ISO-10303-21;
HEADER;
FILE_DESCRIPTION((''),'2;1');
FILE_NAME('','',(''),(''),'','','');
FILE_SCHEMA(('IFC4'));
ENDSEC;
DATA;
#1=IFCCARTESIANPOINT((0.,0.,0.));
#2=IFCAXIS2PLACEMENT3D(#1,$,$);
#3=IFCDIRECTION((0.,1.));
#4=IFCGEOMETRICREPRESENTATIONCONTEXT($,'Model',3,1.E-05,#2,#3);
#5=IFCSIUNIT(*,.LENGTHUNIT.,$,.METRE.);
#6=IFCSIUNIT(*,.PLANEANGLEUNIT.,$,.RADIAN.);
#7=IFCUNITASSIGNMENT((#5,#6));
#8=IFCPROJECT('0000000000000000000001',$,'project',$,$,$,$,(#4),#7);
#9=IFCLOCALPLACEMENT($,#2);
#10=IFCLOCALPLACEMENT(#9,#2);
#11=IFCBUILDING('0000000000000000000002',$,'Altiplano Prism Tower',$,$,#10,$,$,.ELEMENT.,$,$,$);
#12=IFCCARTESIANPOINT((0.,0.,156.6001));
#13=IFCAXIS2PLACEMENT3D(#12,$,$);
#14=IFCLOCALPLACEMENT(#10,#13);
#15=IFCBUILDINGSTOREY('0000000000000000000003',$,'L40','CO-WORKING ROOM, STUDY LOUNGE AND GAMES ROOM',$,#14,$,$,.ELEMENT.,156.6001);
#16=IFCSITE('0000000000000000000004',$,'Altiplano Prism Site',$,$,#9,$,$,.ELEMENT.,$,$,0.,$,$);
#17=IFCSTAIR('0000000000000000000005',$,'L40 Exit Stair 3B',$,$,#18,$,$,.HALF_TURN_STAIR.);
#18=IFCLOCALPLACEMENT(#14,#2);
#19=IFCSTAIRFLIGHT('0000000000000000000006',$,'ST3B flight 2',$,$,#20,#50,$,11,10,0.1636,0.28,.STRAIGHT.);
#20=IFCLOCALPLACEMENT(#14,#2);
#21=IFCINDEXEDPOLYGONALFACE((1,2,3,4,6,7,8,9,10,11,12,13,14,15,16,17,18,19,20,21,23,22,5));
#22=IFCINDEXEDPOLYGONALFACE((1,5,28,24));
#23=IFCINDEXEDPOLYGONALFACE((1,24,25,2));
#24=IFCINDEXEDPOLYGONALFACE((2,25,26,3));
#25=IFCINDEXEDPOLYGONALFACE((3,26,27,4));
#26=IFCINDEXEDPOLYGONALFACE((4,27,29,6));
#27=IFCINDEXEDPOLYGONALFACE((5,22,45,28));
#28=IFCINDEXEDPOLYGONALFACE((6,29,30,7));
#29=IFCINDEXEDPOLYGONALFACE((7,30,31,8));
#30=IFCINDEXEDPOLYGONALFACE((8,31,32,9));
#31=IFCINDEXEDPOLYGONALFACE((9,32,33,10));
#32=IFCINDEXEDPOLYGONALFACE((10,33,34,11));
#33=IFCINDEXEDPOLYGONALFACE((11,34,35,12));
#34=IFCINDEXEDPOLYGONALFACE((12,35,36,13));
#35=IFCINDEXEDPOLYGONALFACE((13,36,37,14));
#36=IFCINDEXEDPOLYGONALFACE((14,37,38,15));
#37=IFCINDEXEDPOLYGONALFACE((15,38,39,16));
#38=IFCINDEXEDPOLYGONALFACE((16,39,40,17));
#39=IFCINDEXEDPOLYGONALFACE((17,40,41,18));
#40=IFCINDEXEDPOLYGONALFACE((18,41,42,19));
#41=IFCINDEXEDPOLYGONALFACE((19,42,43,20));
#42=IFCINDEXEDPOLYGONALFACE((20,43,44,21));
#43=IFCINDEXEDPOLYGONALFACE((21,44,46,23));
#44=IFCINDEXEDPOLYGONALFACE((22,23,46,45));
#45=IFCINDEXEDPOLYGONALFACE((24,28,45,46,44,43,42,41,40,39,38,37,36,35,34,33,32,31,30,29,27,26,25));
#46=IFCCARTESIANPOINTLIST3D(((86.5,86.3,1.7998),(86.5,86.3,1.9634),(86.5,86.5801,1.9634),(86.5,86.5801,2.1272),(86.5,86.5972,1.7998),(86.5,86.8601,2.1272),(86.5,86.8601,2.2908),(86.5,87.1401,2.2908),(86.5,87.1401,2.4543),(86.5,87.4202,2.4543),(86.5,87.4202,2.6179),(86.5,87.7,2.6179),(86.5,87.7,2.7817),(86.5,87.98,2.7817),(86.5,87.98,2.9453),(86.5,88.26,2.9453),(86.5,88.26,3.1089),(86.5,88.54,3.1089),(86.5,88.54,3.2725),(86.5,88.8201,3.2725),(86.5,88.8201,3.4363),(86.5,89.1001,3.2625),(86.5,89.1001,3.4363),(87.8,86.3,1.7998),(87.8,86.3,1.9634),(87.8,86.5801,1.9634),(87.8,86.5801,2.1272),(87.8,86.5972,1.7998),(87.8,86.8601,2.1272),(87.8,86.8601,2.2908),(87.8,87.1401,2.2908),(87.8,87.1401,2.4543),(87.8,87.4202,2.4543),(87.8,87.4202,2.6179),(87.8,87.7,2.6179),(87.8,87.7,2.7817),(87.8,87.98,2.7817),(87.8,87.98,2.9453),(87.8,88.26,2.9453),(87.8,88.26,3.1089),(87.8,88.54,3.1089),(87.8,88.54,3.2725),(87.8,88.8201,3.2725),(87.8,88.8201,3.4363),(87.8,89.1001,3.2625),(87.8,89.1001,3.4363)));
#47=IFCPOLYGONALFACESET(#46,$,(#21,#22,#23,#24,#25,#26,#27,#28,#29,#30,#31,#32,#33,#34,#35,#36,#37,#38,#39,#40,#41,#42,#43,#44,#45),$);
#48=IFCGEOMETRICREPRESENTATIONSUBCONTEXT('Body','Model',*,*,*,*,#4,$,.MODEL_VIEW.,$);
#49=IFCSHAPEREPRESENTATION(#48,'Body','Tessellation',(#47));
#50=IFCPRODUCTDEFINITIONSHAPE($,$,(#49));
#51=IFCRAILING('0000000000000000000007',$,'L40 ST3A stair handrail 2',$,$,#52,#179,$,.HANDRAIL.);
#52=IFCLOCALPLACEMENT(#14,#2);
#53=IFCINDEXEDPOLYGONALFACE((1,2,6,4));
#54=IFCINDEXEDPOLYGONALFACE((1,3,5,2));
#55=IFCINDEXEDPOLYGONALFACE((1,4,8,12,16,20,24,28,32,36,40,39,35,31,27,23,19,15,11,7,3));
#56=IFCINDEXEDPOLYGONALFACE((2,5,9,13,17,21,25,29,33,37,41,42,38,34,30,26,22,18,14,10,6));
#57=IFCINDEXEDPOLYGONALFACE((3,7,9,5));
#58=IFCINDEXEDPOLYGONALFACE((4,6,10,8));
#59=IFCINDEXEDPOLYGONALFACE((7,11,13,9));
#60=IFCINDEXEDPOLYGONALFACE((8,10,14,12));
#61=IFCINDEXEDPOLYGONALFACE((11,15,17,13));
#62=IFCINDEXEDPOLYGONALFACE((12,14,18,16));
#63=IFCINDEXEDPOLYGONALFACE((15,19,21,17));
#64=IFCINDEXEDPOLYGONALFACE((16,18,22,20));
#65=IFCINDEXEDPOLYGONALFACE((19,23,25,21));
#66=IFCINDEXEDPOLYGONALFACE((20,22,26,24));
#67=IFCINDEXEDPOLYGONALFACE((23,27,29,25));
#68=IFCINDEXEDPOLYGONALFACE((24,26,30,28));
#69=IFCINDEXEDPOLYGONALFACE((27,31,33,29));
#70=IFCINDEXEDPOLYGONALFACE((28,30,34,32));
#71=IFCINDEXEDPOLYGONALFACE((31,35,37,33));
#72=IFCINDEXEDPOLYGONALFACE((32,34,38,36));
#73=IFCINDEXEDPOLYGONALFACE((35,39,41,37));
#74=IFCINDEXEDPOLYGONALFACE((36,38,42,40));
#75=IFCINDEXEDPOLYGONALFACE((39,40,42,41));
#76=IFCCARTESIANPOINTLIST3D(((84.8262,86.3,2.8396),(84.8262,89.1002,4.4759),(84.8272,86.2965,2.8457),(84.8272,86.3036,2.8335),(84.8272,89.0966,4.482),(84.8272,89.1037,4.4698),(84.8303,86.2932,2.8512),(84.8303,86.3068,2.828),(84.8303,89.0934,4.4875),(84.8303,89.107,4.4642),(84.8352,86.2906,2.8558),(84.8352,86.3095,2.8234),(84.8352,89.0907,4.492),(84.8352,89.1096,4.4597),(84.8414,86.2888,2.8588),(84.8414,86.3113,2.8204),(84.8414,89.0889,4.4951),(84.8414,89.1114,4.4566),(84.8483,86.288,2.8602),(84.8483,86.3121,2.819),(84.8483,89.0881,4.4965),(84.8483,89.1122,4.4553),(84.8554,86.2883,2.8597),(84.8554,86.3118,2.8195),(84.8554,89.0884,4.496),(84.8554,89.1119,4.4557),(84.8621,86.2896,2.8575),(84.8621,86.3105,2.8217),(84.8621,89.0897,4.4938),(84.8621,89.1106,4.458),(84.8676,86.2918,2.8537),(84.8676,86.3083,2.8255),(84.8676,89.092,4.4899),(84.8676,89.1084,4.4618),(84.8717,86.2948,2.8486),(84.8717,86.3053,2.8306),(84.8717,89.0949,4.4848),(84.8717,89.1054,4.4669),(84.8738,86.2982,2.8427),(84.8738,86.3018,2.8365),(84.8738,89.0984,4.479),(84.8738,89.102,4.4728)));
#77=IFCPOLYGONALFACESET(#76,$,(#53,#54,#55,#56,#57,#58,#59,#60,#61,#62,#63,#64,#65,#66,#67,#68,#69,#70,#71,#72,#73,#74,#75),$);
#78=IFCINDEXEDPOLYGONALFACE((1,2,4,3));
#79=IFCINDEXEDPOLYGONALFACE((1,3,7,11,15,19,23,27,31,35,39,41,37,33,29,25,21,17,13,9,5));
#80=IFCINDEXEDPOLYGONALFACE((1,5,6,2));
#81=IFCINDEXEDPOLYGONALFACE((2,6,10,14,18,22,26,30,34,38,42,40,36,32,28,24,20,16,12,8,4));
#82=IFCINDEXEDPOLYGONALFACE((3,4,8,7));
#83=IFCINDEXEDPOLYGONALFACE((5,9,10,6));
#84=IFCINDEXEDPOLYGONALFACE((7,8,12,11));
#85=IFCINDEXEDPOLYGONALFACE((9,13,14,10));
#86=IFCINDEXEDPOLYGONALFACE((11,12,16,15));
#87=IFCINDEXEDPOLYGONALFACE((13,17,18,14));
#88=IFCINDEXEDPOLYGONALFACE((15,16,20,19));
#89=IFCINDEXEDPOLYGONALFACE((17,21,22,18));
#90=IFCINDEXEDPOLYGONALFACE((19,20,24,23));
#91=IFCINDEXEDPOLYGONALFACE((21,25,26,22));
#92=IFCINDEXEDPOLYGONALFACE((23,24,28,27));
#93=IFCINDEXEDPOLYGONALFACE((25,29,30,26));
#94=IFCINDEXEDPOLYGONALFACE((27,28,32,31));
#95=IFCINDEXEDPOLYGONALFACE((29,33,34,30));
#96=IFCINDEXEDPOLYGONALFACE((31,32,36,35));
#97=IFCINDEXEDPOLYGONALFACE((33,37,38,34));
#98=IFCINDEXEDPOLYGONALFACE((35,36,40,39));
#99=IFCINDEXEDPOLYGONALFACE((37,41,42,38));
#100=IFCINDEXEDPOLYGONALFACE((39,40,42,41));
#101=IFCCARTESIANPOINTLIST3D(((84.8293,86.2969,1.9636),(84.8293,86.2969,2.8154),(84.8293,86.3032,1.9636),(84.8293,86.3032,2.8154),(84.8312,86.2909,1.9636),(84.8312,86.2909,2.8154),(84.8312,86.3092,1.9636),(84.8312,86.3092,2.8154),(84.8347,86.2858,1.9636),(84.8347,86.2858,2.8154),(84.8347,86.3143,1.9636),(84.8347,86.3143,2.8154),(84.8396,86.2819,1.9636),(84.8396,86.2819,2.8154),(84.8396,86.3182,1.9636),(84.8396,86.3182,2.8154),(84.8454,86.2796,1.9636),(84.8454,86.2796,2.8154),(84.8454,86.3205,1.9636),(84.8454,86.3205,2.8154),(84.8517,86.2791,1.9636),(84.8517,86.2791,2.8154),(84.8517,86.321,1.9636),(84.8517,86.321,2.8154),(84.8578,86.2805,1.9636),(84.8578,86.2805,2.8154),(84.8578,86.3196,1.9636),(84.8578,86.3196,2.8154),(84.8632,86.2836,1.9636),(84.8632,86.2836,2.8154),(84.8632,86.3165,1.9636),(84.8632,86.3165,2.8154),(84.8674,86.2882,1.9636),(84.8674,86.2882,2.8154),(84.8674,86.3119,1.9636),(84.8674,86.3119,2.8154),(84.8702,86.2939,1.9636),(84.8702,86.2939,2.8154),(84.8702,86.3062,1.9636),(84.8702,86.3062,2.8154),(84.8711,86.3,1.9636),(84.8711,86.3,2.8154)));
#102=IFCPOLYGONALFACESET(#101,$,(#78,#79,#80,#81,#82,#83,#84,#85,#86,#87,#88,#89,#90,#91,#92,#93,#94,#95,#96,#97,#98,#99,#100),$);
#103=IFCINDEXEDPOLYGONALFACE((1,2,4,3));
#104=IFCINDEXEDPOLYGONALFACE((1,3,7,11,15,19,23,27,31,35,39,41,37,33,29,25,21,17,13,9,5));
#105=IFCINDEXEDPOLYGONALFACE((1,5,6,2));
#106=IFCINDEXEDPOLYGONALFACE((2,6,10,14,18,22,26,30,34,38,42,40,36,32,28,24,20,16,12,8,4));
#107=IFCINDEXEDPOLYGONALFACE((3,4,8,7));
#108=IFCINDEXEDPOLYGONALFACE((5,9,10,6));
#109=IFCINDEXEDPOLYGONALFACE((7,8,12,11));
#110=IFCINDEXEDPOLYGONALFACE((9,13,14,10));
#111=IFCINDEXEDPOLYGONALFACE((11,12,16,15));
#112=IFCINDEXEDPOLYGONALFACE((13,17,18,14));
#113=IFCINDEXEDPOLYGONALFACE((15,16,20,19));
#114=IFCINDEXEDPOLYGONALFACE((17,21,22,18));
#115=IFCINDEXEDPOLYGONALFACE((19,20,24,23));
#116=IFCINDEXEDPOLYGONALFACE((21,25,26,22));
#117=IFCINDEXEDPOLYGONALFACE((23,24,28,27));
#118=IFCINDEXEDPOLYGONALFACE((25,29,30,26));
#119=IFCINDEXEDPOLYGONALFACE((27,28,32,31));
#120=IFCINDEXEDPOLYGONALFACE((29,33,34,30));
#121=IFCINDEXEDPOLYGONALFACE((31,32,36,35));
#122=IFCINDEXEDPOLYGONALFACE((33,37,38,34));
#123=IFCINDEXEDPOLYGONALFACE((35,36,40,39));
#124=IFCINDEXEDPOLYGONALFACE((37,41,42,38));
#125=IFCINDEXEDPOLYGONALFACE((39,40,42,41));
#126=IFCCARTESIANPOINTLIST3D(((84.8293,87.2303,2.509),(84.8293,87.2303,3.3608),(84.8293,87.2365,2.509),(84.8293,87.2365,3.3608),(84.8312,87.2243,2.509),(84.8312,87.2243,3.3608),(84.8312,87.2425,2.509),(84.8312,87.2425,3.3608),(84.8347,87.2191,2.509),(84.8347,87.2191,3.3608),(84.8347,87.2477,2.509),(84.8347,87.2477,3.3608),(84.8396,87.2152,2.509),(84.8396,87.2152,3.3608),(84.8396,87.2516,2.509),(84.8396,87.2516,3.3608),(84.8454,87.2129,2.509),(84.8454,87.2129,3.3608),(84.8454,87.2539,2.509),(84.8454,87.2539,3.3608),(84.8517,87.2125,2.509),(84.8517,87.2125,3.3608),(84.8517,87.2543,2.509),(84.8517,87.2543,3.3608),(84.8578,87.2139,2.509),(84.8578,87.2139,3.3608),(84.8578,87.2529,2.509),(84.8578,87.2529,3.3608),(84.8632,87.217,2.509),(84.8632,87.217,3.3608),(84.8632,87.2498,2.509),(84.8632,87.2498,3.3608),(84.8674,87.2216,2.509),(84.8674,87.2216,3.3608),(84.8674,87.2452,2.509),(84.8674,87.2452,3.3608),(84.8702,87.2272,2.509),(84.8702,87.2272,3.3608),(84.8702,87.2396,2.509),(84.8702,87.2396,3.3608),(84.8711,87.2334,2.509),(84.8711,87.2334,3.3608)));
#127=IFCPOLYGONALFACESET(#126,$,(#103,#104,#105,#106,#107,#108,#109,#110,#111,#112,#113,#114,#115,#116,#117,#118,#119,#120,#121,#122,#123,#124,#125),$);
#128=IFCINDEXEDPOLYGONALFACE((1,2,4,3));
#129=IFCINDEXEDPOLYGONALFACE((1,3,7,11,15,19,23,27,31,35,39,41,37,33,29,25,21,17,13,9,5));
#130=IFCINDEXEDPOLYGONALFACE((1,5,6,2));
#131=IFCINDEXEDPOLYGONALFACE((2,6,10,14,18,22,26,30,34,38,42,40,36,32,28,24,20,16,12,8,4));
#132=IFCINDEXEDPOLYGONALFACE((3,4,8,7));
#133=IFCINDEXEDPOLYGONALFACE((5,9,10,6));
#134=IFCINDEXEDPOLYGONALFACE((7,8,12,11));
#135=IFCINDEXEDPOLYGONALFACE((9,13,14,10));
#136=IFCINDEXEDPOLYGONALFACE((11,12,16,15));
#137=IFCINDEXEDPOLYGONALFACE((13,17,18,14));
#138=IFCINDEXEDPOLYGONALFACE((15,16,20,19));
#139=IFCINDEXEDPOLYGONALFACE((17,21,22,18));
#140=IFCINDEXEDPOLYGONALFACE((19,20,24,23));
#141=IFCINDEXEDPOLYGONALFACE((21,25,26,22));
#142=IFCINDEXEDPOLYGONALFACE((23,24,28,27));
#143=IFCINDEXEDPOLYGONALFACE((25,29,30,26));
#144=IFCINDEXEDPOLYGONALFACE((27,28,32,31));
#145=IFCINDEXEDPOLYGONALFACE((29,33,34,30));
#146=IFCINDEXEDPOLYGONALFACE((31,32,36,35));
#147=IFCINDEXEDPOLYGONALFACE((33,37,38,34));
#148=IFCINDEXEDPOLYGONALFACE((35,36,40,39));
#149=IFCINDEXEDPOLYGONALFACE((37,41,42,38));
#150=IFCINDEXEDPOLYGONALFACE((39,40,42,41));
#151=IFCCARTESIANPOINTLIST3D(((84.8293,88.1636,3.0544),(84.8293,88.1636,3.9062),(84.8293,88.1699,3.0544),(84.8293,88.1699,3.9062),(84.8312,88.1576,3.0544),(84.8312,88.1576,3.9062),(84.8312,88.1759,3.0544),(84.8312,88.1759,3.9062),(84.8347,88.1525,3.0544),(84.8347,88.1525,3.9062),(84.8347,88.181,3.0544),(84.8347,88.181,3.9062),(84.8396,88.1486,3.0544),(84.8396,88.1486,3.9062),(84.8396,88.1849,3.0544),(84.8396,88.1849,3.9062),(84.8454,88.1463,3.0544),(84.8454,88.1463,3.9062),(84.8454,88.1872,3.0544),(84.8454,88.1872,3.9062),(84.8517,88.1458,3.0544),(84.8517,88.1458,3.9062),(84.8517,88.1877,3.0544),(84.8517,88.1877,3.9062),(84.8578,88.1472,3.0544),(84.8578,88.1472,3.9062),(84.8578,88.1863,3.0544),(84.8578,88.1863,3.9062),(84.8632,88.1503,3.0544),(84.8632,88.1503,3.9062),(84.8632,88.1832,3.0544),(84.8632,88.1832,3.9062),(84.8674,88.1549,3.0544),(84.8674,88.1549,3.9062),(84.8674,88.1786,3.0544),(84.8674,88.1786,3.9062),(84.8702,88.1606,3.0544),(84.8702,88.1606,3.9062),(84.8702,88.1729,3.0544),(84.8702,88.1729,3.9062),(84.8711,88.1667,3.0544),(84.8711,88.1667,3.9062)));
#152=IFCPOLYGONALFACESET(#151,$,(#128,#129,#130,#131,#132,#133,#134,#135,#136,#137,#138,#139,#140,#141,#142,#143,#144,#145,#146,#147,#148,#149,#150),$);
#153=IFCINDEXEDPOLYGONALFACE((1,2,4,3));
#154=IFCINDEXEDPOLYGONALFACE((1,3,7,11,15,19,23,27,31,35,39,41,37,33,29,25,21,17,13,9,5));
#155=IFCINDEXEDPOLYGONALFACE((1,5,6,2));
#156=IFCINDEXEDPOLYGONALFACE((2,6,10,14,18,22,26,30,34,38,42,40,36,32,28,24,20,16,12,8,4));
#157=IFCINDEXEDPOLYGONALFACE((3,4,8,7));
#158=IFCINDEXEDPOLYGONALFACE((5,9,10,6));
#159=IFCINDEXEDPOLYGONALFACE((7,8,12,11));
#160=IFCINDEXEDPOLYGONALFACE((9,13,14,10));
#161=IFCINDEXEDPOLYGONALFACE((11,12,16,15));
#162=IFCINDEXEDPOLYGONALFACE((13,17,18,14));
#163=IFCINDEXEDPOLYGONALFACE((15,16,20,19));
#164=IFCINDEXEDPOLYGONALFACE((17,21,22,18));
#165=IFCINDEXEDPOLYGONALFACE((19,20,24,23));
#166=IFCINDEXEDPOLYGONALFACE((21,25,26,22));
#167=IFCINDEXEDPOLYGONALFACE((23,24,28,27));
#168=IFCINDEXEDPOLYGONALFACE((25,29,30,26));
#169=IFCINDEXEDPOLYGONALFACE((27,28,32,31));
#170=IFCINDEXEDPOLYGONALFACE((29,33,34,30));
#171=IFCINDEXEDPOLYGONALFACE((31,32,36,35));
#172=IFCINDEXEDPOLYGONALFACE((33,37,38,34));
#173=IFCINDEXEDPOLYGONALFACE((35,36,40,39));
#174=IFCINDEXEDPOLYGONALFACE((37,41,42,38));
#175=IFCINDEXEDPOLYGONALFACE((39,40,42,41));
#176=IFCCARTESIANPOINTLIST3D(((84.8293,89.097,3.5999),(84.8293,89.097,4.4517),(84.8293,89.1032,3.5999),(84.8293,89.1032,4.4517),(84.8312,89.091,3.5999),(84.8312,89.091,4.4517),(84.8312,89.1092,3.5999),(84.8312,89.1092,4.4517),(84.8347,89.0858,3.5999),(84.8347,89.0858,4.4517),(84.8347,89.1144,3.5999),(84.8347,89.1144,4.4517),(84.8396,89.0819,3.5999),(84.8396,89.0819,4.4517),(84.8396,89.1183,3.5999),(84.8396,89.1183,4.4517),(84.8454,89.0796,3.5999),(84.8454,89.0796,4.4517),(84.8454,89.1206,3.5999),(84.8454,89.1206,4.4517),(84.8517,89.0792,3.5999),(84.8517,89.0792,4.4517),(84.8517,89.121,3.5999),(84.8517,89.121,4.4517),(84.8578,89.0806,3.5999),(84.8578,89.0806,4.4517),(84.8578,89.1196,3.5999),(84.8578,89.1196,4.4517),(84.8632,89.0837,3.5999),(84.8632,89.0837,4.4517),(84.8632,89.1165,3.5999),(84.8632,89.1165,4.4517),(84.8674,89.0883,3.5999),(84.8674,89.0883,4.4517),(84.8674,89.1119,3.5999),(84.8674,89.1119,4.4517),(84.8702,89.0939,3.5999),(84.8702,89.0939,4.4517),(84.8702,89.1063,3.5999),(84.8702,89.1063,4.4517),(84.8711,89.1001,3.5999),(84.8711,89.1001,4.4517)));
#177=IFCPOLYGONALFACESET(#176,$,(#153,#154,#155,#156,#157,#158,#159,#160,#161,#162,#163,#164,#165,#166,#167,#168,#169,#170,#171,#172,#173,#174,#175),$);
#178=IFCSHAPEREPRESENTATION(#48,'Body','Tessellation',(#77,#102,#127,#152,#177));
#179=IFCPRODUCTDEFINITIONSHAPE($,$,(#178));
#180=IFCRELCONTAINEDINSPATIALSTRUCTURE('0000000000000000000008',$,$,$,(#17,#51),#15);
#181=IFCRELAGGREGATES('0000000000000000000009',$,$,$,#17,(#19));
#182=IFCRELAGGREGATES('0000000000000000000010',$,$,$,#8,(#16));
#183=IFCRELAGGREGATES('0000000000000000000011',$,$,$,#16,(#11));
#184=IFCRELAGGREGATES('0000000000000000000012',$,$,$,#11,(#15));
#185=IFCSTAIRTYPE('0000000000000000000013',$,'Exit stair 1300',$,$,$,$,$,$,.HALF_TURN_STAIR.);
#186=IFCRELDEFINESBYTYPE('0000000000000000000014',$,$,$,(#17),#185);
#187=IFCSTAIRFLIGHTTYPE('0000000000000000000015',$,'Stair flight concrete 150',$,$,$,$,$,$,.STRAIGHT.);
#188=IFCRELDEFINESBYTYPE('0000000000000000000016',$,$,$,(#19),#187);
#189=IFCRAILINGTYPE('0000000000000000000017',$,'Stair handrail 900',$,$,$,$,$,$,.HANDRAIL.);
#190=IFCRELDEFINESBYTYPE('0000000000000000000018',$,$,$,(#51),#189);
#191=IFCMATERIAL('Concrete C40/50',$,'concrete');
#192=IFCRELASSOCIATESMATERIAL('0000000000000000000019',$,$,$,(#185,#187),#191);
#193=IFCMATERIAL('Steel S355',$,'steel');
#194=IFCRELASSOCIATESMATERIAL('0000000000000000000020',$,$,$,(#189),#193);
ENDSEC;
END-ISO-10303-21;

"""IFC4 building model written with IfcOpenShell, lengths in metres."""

from ifc_helpers import new_model, si_unit, direction, frame, origin, origin_2d, place, context, subcontext, project, spatial, polyline, circle, outline, extrude, material, type_object, element, aggregate, save


model = new_model("IFC4")

# Units and contexts
model_context = context("Model", 3, precision=1e-05, world=origin(), true_north=direction((0.0, 1.0)))
body_context = subcontext(model_context, "Body", "Model", "MODEL_VIEW")
ifc_project = project(units=[si_unit("LENGTHUNIT", "METRE"), si_unit("PLANEANGLEUNIT", "RADIAN")], contexts=[model_context])

# Site, building, storey
site_placement = place(None, origin())
site = spatial("IfcSite", under=ifc_project, at=site_placement, Name="Altiplano Prism Site", CompositionType="ELEMENT", RefElevation=0.0)
building_placement = place(site_placement, origin())
building = spatial("IfcBuilding", under=site, at=building_placement, Name="Altiplano Prism Tower", CompositionType="ELEMENT")
storey_placement = place(building_placement, frame((0.0, 0.0, 156.6001)))
storey = spatial("IfcBuildingStorey", under=building, at=storey_placement, Name="L40", Description="CO-WORKING ROOM, STUDY LOUNGE AND GAMES ROOM", CompositionType="ELEMENT", Elevation=156.6001)

# Shared definitions
ifc_material_1 = material(Name="Concrete C40/50", Category="concrete")
stair_type = type_object("IfcStairType", Name="Exit stair 1300", PredefinedType="HALF_TURN_STAIR", material=ifc_material_1)
stair_flight_type = type_object("IfcStairFlightType", Name="Stair flight concrete 150", PredefinedType="STRAIGHT", material=ifc_material_1)

# Stair, stair flight
stair_1_placement = place(storey_placement, origin())
stair_1 = element("IfcStair", 1, at=stair_1_placement, inside=storey, type_object=stair_type, Name="L40 Exit Stair 3B", PredefinedType="HALF_TURN_STAIR")
stair_flight_1_placement = place(storey_placement, frame((87.1499, 86.3, 1.7998), z_axis=(0.0, 0.0, 1.0), x_axis=(0.0, 1.0, 0.0)))
stair_flight_1 = element("IfcStairFlight", 2, at=stair_flight_1_placement, type_object=stair_flight_type, Name="ST3B flight 2", NumberOfRisers=11, NumberOfTreads=10, PredefinedType="STRAIGHT", RiserHeight=0.1636, TreadLength=0.28, context=body_context, shape_type="SweptSolid", body=[
    extrude(outline(polyline([(0.0, 0.0), (0.0, 0.1636), (0.28, 0.1636), (0.28, 0.3274), (0.5601, 0.3274), (0.5601, 0.491), (0.8401, 0.491), (0.8401, 0.6545), (1.1201, 0.6545), (1.1201, 0.8181), (1.3999, 0.8181), (1.3999, 0.9819), (1.6799, 0.9819), (1.6799, 1.1455), (1.96, 1.1455), (1.96, 1.3091), (2.24, 1.3091), (2.24, 1.4727), (2.52, 1.4727), (2.52, 1.6365), (2.8, 1.6365), (2.8, 1.8), (2.8, 1.4626), (0.2971, 0.0), (0.0, 0.0)])), frame((0.0, 0.6499, 0.0), z_axis=(0.0, -1.0, 0.0), x_axis=(1.0, 0.0, 0.0)), (0.0, 0.0, 1.0), 1.3),
])
aggregate(stair_1, [stair_flight_1])

# Railing
ifc_material_2 = material(Name="Steel S355", Category="steel")
railing_type_1 = type_object("IfcRailingType", Name="Stair handrail 900", PredefinedType="HANDRAIL", material=ifc_material_2)
railing_1_placement = place(storey_placement, frame((84.8501, 86.3, 1.9636)))
element("IfcRailing", 3, at=railing_1_placement, inside=storey, type_object=railing_type_1, Name="L40 ST3A stair handrail 2", PredefinedType="HANDRAIL", context=body_context, shape_type="SweptSolid", body=[
    extrude(circle(Radius=0.0239, at=origin_2d()), frame((0.0, 0.0, 0.876), z_axis=(0.0, 0.863394, 0.504531), x_axis=(-1.0, 0.0, 0.0)), (0.0, 0.0, 1.0), 3.2432),
    extrude(circle(Radius=0.021, at=origin_2d()), origin(), (0.0, 0.0, 1.0), 0.8518),
    extrude(circle(Radius=0.021, at=origin_2d()), frame((0.0, 0.9333, 0.5454)), (0.0, 0.0, 1.0), 0.8518),
    extrude(circle(Radius=0.021, at=origin_2d()), frame((0.0, 1.8667, 1.0908)), (0.0, 0.0, 1.0), 0.8518),
    extrude(circle(Radius=0.021, at=origin_2d()), frame((0.0, 2.8, 1.6362)), (0.0, 0.0, 1.0), 0.8518),
])

save(model, "model.ifc")
